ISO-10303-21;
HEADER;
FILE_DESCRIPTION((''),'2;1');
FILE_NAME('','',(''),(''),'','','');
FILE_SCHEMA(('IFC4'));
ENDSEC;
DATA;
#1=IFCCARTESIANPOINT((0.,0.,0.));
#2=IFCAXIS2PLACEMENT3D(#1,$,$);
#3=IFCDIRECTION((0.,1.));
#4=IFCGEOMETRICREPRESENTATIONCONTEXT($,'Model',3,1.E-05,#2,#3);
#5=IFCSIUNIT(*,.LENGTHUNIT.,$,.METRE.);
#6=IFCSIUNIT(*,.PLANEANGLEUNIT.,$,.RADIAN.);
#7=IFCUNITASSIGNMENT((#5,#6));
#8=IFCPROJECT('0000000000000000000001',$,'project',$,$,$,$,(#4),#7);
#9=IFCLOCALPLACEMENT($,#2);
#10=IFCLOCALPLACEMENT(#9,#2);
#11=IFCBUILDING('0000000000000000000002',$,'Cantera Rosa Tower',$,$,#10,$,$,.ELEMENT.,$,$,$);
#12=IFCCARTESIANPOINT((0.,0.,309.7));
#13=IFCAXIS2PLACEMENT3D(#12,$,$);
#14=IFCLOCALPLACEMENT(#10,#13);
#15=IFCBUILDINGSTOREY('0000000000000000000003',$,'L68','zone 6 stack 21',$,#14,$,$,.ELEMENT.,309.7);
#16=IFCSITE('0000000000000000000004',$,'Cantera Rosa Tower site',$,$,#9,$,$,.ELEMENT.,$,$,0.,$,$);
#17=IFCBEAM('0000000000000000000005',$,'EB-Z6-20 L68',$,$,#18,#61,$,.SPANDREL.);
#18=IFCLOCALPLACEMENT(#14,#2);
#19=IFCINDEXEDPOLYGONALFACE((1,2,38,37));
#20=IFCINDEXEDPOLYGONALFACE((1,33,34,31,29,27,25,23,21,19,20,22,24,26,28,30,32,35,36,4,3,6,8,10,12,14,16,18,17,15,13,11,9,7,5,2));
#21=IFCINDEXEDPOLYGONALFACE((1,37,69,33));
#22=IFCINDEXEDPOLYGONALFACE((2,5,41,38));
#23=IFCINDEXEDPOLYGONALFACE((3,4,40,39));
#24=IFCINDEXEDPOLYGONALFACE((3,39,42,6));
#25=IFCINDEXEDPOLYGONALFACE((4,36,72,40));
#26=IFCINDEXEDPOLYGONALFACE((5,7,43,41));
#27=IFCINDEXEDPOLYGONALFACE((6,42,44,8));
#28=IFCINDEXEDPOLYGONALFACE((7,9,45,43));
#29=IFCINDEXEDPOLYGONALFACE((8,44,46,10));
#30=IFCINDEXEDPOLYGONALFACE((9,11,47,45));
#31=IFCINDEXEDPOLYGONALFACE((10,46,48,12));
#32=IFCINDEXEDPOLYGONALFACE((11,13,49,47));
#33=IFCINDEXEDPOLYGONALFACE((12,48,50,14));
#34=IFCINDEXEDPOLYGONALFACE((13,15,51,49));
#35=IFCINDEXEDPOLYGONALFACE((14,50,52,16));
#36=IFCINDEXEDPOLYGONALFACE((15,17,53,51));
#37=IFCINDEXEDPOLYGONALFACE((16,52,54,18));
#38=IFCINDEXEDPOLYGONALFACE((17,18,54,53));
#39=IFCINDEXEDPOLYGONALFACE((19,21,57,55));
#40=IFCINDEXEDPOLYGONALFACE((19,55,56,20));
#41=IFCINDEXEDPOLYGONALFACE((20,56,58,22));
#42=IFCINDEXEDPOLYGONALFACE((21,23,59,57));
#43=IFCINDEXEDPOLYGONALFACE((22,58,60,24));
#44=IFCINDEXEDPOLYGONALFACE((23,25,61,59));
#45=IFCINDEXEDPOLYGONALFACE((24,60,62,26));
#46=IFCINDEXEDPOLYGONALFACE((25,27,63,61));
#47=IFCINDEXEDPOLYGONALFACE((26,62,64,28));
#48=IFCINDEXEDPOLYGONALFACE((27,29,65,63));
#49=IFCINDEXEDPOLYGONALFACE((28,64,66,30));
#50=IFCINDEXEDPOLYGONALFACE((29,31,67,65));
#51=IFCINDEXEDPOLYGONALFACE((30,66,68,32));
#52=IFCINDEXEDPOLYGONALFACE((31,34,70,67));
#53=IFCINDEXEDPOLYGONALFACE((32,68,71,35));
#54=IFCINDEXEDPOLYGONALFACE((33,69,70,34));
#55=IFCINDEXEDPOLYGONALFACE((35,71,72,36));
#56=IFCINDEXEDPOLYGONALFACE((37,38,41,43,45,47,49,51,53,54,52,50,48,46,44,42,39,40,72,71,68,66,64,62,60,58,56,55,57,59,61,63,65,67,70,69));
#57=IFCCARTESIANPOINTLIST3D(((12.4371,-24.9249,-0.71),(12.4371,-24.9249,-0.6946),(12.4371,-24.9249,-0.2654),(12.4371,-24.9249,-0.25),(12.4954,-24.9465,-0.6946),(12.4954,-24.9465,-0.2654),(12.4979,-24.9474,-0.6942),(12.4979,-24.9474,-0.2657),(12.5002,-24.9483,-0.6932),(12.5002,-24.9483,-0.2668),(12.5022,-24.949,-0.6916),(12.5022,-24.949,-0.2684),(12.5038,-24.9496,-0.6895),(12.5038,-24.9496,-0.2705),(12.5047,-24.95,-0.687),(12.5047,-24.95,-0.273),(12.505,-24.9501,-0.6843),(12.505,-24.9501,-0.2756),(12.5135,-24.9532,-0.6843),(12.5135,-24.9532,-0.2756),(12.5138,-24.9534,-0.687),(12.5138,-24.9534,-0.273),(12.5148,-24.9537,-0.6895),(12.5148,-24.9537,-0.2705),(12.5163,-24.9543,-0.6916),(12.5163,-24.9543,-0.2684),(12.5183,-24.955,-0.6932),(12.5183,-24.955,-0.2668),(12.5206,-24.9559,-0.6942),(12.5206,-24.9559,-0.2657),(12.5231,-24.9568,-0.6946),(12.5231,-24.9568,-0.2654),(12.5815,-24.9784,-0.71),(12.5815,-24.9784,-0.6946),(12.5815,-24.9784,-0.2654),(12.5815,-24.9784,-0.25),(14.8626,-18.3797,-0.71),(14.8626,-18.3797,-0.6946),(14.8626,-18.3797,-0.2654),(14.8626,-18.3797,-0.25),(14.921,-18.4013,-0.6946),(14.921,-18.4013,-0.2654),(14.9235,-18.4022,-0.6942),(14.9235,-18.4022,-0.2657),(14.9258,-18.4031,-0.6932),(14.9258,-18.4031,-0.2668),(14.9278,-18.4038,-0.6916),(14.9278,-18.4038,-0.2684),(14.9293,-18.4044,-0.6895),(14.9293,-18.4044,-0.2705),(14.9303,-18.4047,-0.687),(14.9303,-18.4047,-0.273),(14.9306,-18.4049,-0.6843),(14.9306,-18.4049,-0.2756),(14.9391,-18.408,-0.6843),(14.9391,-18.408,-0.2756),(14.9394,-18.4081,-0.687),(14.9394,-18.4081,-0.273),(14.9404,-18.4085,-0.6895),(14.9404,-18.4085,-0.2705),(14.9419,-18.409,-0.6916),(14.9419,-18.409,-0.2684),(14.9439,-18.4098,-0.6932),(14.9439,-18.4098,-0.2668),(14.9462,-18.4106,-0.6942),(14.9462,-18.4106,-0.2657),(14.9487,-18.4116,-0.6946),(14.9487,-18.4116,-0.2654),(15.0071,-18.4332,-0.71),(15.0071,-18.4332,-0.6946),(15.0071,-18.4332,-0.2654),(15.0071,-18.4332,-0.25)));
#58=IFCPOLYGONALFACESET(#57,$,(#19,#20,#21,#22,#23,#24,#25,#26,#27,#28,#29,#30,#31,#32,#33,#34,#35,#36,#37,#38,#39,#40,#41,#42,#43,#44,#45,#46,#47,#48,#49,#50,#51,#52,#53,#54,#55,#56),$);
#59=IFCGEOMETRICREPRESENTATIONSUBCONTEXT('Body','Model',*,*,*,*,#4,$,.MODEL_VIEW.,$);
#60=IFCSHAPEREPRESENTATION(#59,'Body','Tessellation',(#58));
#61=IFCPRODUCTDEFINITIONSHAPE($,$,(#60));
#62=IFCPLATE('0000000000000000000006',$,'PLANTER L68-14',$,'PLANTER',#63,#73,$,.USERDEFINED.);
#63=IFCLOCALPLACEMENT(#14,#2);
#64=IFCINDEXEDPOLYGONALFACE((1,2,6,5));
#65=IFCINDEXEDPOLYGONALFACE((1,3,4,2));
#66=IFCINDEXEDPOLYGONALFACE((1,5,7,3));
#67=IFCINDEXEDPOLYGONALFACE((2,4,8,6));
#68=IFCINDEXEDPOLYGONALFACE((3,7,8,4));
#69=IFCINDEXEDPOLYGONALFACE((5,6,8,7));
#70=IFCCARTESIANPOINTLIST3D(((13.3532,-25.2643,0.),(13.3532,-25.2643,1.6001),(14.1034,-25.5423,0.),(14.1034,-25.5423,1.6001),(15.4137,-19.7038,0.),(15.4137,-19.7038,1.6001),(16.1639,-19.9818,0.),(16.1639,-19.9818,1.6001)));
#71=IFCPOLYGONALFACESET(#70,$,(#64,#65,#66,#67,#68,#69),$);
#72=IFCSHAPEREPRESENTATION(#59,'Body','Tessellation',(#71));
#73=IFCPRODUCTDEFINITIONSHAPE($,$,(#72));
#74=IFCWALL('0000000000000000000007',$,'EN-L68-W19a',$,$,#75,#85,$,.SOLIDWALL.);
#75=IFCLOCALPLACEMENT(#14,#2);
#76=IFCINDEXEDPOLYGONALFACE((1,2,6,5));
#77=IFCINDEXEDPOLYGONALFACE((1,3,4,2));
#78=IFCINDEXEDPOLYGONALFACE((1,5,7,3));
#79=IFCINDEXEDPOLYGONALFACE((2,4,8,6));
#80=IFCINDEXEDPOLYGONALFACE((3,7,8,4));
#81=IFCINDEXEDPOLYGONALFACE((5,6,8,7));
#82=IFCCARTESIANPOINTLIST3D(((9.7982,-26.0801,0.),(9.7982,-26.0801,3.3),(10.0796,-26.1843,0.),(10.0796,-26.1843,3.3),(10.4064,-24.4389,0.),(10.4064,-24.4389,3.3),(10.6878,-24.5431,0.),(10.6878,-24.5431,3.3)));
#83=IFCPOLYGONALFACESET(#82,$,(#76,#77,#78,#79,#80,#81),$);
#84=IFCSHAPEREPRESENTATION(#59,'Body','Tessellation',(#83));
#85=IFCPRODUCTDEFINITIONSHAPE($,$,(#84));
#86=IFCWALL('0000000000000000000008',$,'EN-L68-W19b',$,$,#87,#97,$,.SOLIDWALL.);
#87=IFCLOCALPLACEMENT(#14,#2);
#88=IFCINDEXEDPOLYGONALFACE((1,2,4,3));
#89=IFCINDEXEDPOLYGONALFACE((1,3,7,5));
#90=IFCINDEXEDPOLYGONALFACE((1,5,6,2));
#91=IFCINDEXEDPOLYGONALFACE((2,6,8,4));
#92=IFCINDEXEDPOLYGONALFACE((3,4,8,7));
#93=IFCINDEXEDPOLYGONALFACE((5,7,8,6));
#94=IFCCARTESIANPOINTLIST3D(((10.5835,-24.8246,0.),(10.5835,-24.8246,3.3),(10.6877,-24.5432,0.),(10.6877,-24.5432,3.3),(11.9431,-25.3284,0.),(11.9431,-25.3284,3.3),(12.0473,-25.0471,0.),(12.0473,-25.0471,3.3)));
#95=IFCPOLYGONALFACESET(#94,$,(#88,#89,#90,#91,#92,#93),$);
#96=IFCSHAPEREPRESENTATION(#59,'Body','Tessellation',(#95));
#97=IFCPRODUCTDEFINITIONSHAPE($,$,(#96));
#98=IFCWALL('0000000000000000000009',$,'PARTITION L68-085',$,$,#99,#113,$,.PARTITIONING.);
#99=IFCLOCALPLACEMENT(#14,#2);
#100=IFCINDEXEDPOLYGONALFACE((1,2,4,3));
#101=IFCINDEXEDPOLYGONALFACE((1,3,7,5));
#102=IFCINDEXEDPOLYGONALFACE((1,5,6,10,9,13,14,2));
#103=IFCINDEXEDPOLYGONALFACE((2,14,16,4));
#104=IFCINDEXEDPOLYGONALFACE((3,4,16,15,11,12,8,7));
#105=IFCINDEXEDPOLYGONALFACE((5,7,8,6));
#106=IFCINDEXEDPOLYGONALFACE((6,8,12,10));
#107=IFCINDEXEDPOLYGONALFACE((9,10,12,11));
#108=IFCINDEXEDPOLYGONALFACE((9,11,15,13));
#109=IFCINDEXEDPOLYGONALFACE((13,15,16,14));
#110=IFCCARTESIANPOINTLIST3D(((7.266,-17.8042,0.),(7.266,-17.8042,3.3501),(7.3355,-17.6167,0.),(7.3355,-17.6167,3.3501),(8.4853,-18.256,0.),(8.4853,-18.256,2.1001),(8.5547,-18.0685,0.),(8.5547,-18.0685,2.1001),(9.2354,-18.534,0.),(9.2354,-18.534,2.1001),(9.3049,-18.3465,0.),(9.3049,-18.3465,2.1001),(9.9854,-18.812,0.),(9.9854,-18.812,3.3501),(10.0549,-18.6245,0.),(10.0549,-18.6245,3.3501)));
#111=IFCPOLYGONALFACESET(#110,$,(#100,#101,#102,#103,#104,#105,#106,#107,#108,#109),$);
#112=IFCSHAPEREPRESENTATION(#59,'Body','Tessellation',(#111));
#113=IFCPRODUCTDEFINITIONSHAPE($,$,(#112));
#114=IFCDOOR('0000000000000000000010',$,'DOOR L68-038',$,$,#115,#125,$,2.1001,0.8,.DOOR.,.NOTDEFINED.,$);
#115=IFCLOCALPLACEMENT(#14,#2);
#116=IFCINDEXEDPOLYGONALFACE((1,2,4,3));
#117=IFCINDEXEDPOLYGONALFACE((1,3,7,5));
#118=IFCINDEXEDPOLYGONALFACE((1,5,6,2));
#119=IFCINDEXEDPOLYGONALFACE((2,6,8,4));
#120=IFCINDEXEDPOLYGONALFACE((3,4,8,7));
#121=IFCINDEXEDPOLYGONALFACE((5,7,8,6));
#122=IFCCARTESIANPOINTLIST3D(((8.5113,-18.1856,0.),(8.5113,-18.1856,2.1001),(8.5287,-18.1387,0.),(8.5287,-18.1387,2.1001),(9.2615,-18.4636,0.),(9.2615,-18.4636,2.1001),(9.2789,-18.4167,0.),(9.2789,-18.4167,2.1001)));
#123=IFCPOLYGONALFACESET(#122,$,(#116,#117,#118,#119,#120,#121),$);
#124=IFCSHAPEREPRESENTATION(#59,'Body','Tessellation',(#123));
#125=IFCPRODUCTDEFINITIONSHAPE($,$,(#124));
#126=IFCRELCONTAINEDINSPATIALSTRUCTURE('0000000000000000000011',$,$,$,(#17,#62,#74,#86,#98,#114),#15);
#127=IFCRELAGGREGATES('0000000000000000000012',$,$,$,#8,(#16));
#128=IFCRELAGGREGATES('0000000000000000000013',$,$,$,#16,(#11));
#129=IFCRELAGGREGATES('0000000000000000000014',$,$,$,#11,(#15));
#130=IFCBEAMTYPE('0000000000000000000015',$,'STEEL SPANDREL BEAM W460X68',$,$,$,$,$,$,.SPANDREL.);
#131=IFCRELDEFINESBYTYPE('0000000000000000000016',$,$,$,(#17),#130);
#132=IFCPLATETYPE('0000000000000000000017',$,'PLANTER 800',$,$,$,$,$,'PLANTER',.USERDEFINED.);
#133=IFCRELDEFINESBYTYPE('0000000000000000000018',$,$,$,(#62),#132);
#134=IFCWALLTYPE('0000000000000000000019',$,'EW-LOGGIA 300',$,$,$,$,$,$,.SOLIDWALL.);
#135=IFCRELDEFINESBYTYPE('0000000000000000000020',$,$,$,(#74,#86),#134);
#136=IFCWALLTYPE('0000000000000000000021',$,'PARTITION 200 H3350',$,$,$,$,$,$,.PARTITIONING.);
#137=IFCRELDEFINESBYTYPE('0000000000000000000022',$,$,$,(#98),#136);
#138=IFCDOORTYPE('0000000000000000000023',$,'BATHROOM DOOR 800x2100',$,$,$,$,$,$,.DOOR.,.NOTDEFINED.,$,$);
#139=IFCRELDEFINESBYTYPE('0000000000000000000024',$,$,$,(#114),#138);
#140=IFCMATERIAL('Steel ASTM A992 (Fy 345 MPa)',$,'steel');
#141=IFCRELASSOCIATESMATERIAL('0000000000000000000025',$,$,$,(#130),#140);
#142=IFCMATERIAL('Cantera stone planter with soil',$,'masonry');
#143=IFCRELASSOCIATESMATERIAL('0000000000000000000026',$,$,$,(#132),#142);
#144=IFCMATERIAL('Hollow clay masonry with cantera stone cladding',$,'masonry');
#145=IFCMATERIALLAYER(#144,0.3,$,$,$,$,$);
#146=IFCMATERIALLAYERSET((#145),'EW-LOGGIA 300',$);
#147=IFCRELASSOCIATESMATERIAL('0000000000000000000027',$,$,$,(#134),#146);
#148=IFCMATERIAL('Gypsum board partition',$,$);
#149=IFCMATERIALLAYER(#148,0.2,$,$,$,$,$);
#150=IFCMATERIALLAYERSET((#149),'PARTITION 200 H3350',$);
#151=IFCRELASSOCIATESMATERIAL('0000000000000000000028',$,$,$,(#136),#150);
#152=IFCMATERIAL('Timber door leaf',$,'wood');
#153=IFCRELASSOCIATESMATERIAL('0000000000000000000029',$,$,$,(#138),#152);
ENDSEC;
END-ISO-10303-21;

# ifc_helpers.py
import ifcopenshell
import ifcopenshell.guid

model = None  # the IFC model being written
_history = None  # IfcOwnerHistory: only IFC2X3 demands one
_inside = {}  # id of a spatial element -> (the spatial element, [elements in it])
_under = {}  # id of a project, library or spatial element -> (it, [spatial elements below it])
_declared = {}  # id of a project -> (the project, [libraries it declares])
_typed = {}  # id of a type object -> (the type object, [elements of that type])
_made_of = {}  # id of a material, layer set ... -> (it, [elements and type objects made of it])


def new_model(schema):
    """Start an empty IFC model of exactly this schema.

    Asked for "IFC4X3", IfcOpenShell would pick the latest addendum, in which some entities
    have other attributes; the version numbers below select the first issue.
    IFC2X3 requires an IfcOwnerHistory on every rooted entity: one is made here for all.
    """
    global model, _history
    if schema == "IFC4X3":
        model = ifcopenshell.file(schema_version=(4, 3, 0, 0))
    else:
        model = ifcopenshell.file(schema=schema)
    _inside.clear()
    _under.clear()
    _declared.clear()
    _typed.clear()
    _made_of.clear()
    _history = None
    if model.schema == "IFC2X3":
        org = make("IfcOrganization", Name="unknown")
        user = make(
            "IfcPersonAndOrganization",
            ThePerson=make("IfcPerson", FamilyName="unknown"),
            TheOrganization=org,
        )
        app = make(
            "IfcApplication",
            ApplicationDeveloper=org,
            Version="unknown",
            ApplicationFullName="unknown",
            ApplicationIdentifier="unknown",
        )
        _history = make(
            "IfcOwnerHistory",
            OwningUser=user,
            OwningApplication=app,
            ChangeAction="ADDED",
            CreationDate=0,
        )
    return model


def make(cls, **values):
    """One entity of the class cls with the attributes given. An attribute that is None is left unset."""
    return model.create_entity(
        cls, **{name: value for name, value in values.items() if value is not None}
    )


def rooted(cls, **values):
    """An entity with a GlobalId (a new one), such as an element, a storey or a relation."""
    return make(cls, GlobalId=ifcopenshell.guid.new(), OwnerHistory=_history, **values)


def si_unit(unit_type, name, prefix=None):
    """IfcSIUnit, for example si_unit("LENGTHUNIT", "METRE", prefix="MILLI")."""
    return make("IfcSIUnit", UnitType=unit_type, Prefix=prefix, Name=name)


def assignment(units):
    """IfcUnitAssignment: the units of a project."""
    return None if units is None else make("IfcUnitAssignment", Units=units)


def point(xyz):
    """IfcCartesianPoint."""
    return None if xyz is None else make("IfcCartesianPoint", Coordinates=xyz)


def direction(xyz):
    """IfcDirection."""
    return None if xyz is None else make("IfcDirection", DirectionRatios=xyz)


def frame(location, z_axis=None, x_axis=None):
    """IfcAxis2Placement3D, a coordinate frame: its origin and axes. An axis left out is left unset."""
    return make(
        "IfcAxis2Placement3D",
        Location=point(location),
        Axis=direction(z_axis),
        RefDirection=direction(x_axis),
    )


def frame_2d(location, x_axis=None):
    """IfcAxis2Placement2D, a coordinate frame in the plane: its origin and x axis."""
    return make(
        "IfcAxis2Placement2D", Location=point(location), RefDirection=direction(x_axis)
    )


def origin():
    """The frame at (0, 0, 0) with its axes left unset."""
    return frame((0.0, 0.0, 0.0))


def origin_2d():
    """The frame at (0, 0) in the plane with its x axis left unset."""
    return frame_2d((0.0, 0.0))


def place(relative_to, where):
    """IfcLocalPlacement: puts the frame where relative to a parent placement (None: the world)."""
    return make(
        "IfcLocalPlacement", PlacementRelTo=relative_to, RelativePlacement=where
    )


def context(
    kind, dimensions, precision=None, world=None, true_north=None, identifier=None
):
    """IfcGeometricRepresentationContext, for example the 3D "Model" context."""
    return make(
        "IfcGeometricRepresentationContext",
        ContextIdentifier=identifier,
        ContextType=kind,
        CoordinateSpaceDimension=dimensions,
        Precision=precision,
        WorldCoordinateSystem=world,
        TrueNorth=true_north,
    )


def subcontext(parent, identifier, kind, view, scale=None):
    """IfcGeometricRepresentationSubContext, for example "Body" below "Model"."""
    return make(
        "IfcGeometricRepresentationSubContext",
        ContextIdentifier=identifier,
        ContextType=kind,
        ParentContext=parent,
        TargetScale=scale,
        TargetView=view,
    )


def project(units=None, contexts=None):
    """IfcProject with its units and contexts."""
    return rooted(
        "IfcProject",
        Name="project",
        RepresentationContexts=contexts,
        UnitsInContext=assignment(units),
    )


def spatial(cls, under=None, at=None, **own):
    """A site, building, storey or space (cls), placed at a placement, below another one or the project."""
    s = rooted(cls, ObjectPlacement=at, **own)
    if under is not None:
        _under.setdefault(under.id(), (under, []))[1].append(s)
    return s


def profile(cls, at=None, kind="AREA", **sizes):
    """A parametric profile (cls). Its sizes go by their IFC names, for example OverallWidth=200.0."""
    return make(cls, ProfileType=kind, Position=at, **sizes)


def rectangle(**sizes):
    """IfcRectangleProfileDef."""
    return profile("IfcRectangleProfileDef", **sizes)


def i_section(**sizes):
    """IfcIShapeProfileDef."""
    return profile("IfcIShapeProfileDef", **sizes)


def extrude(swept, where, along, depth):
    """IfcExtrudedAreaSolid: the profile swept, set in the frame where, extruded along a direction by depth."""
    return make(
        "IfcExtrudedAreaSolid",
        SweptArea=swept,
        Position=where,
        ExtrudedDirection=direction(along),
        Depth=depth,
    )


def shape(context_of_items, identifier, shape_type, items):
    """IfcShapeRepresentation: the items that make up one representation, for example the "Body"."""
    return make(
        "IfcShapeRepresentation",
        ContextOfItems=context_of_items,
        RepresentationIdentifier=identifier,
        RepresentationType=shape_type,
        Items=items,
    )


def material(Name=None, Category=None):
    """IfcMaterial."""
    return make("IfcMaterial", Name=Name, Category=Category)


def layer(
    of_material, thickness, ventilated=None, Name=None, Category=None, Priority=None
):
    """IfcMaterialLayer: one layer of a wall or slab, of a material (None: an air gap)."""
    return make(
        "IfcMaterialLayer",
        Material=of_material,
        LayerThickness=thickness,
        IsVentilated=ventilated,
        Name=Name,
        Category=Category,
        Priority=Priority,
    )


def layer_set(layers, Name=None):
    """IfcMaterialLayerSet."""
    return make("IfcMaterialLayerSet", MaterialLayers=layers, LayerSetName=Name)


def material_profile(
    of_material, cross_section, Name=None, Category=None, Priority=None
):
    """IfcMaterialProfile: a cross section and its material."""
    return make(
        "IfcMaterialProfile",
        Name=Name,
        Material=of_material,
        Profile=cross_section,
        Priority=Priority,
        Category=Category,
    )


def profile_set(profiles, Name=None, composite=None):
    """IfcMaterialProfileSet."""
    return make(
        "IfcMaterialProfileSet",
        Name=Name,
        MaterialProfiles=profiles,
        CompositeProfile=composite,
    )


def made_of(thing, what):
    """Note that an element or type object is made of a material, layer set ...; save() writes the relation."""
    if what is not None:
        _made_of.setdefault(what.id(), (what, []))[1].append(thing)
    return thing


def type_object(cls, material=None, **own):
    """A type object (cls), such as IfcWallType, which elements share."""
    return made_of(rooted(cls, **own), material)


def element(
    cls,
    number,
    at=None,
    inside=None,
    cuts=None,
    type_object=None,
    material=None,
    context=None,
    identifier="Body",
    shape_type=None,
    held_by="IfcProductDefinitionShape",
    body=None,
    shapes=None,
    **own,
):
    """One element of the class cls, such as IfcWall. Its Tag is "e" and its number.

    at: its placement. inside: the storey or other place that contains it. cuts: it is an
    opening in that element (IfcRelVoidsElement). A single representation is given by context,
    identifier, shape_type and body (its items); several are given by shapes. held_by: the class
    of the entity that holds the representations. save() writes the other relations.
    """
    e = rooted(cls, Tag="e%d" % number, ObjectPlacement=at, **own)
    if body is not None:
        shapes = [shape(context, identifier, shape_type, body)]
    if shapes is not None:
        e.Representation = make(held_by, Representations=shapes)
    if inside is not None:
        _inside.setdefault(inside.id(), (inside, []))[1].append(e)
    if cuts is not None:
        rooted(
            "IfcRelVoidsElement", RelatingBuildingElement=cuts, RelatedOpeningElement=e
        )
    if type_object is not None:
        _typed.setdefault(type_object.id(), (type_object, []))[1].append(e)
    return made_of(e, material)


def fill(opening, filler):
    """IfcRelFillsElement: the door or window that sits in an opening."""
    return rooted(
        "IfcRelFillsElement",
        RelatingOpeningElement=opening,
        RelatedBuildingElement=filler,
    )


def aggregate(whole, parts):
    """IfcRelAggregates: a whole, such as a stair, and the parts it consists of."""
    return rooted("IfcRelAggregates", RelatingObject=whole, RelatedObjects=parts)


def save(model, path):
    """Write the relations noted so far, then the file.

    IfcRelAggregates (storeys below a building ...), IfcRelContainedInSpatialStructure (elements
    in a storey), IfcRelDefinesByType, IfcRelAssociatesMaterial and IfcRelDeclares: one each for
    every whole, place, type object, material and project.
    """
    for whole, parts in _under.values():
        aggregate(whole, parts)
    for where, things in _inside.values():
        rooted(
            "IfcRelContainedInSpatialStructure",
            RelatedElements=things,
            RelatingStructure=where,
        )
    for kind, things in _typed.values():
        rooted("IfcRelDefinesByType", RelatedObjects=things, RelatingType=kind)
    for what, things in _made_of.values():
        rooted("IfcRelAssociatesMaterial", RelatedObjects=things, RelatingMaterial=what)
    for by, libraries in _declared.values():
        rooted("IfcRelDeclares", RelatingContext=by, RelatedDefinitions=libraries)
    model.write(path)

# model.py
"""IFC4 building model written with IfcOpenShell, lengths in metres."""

from ifc_helpers import new_model, si_unit, direction, frame, frame_2d, origin, origin_2d, place, context, subcontext, project, spatial, rectangle, i_section, extrude, material, layer, layer_set, material_profile, profile_set, type_object, element, fill, save


model = new_model("IFC4")

# Units and contexts
model_context = context("Model", 3, precision=1e-05, world=origin(), true_north=direction((0.0, 1.0)))
body_context = subcontext(model_context, "Body", "Model", "MODEL_VIEW")
ifc_project = project(units=[si_unit("LENGTHUNIT", "METRE"), si_unit("PLANEANGLEUNIT", "RADIAN")], contexts=[model_context])

# Site, building, storey
site_placement = place(None, origin())
site = spatial("IfcSite", under=ifc_project, at=site_placement, Name="Cantera Rosa Tower site", CompositionType="ELEMENT", RefElevation=0.0)
building_placement = place(site_placement, origin())
building = spatial("IfcBuilding", under=site, at=building_placement, Name="Cantera Rosa Tower", CompositionType="ELEMENT")
storey_placement = place(building_placement, frame((0.0, 0.0, 309.7)))
storey = spatial("IfcBuildingStorey", under=building, at=storey_placement, Name="L68", Description="zone 6 stack 21", CompositionType="ELEMENT", Elevation=309.7)

# Beam
ifc_material_1 = material(Name="Steel ASTM A992 (Fy 345 MPa)", Category="steel")
ifc_material_profile_1 = material_profile(ifc_material_1, i_section(OverallWidth=0.1541, OverallDepth=0.46, WebThickness=0.009, FlangeThickness=0.0154, FilletRadius=0.0103, at=origin_2d()), Name="W460X68")
ifc_profile_set_1 = profile_set([ifc_material_profile_1], Name="Steel ASTM A992 (Fy 345 MPa)")
beam_type_1 = type_object("IfcBeamType", Name="STEEL SPANDREL BEAM W460X68", PredefinedType="SPANDREL", material=ifc_profile_set_1)
beam_1_placement = place(storey_placement, frame((12.5093, -24.9517, -0.48), z_axis=(0.347491, 0.937683, 0.0), x_axis=(-0.937683, 0.347491, 0.0)))
element("IfcBeam", 1, at=beam_1_placement, inside=storey, type_object=beam_type_1, Name="EB-Z6-20 L68", PredefinedType="SPANDREL", context=body_context, shape_type="SweptSolid", body=[
    extrude(i_section(OverallWidth=0.1541, OverallDepth=0.46, WebThickness=0.009, FlangeThickness=0.0154, FilletRadius=0.0103, at=origin_2d()), origin(), (0.0, 0.0, 1.0), 6.9802),
])

# Plate
ifc_material_2 = material(Name="Cantera stone planter with soil", Category="masonry")
plate_type = type_object("IfcPlateType", Name="PLANTER 800", ElementType="PLANTER", PredefinedType="USERDEFINED", material=ifc_material_2)
plate_placement = place(storey_placement, frame((14.7585, -22.623, 0.0), z_axis=(0.0, 0.0, 1.0), x_axis=(0.347481, 0.937687, 0.0)))
element("IfcPlate", 2, at=plate_placement, inside=storey, type_object=plate_type, Name="PLANTER L68-14", ObjectType="PLANTER", PredefinedType="USERDEFINED", context=body_context, shape_type="SweptSolid", body=[
    extrude(rectangle(XDim=5.9299, YDim=0.8, at=origin_2d()), origin(), (0.0, 0.0, 1.0), 1.6001),
])

# Walls
ifc_material_3 = material(Name="Hollow clay masonry with cantera stone cladding", Category="masonry")
ifc_layer_1 = layer(ifc_material_3, 0.3)
ifc_layer_set_1 = layer_set([ifc_layer_1], Name="EW-LOGGIA 300")
wall_type_1 = type_object("IfcWallType", Name="EW-LOGGIA 300", PredefinedType="SOLIDWALL", material=ifc_layer_set_1)
wall_1_placement = place(storey_placement, frame((9.939, -26.1321, 0.0), z_axis=(0.0, 0.0, 1.0), x_axis=(0.347482, 0.937686, 0.0)))
element("IfcWall", 3, at=wall_1_placement, inside=storey, type_object=wall_type_1, Name="EN-L68-W19a", PredefinedType="SOLIDWALL", context=body_context, shape_type="SweptSolid", body=[
    extrude(rectangle(XDim=1.7502, YDim=0.3, at=frame_2d((0.875, 0.0))), origin(), (0.0, 0.0, 1.0), 3.3),
])
wall_2_placement = place(storey_placement, frame((10.6355, -24.6838, 0.0), z_axis=(0.0, 0.0, 1.0), x_axis=(0.937672, -0.347523, 0.0)))
element("IfcWall", 4, at=wall_2_placement, inside=storey, type_object=wall_type_1, Name="EN-L68-W19b", PredefinedType="SOLIDWALL", context=body_context, shape_type="SweptSolid", body=[
    extrude(rectangle(XDim=1.45, YDim=0.3, at=frame_2d((0.7251, 0.0))), origin(), (0.0, 0.0, 1.0), 3.3),
])

# Wall, opening, door
ifc_material_4 = material(Name="Gypsum board partition")
ifc_layer_2 = layer(ifc_material_4, 0.2)
ifc_layer_set_2 = layer_set([ifc_layer_2], Name="PARTITION 200 H3350")
wall_type_2 = type_object("IfcWallType", Name="PARTITION 200 H3350", PredefinedType="PARTITIONING", material=ifc_layer_set_2)
wall_3_placement = place(storey_placement, frame((10.0203, -18.7183, 0.0), z_axis=(0.0, 0.0, 1.0), x_axis=(-0.937682, 0.347495, 0.0)))
wall_3 = element("IfcWall", 5, at=wall_3_placement, inside=storey, type_object=wall_type_2, Name="PARTITION L68-085", PredefinedType="PARTITIONING", context=body_context, shape_type="SweptSolid", body=[
    extrude(rectangle(XDim=2.9001, YDim=0.2, at=frame_2d((1.4502, 0.0))), origin(), (0.0, 0.0, 1.0), 3.3501),
])
opening_1_placement = place(wall_3_placement, frame((0.8, 0.0, 0.0)))
opening_1 = element("IfcOpeningElement", 6, at=opening_1_placement, cuts=wall_3, PredefinedType="OPENING", context=body_context, shape_type="SweptSolid", body=[
    extrude(rectangle(XDim=0.8, YDim=2.1001, at=frame_2d((0.3999, 1.05))), frame((0.0, 0.1099, 0.0), z_axis=(0.0, -1.0, 0.0), x_axis=(1.0, 0.0, 0.0)), (0.0, 0.0, 1.0), 0.22),
])
ifc_material_5 = material(Name="Timber door leaf", Category="wood")
door_type_1 = type_object("IfcDoorType", Name="BATHROOM DOOR 800x2100", OperationType="NOTDEFINED", PredefinedType="DOOR", material=ifc_material_5)
door_1_placement = place(opening_1_placement, origin())
door_1 = element("IfcDoor", 7, at=door_1_placement, inside=storey, type_object=door_type_1, Name="DOOR L68-038", OperationType="NOTDEFINED", OverallHeight=2.1001, OverallWidth=0.8, PredefinedType="DOOR", context=body_context, shape_type="SweptSolid", body=[
    extrude(rectangle(XDim=0.8, YDim=2.1001, at=frame_2d((0.3999, 1.05))), frame((0.0, 0.0249, 0.0), z_axis=(0.0, -1.0, 0.0), x_axis=(1.0, 0.0, 0.0)), (0.0, 0.0, 1.0), 0.05),
])
fill(opening_1, door_1)

save(model, "model.ifc")
